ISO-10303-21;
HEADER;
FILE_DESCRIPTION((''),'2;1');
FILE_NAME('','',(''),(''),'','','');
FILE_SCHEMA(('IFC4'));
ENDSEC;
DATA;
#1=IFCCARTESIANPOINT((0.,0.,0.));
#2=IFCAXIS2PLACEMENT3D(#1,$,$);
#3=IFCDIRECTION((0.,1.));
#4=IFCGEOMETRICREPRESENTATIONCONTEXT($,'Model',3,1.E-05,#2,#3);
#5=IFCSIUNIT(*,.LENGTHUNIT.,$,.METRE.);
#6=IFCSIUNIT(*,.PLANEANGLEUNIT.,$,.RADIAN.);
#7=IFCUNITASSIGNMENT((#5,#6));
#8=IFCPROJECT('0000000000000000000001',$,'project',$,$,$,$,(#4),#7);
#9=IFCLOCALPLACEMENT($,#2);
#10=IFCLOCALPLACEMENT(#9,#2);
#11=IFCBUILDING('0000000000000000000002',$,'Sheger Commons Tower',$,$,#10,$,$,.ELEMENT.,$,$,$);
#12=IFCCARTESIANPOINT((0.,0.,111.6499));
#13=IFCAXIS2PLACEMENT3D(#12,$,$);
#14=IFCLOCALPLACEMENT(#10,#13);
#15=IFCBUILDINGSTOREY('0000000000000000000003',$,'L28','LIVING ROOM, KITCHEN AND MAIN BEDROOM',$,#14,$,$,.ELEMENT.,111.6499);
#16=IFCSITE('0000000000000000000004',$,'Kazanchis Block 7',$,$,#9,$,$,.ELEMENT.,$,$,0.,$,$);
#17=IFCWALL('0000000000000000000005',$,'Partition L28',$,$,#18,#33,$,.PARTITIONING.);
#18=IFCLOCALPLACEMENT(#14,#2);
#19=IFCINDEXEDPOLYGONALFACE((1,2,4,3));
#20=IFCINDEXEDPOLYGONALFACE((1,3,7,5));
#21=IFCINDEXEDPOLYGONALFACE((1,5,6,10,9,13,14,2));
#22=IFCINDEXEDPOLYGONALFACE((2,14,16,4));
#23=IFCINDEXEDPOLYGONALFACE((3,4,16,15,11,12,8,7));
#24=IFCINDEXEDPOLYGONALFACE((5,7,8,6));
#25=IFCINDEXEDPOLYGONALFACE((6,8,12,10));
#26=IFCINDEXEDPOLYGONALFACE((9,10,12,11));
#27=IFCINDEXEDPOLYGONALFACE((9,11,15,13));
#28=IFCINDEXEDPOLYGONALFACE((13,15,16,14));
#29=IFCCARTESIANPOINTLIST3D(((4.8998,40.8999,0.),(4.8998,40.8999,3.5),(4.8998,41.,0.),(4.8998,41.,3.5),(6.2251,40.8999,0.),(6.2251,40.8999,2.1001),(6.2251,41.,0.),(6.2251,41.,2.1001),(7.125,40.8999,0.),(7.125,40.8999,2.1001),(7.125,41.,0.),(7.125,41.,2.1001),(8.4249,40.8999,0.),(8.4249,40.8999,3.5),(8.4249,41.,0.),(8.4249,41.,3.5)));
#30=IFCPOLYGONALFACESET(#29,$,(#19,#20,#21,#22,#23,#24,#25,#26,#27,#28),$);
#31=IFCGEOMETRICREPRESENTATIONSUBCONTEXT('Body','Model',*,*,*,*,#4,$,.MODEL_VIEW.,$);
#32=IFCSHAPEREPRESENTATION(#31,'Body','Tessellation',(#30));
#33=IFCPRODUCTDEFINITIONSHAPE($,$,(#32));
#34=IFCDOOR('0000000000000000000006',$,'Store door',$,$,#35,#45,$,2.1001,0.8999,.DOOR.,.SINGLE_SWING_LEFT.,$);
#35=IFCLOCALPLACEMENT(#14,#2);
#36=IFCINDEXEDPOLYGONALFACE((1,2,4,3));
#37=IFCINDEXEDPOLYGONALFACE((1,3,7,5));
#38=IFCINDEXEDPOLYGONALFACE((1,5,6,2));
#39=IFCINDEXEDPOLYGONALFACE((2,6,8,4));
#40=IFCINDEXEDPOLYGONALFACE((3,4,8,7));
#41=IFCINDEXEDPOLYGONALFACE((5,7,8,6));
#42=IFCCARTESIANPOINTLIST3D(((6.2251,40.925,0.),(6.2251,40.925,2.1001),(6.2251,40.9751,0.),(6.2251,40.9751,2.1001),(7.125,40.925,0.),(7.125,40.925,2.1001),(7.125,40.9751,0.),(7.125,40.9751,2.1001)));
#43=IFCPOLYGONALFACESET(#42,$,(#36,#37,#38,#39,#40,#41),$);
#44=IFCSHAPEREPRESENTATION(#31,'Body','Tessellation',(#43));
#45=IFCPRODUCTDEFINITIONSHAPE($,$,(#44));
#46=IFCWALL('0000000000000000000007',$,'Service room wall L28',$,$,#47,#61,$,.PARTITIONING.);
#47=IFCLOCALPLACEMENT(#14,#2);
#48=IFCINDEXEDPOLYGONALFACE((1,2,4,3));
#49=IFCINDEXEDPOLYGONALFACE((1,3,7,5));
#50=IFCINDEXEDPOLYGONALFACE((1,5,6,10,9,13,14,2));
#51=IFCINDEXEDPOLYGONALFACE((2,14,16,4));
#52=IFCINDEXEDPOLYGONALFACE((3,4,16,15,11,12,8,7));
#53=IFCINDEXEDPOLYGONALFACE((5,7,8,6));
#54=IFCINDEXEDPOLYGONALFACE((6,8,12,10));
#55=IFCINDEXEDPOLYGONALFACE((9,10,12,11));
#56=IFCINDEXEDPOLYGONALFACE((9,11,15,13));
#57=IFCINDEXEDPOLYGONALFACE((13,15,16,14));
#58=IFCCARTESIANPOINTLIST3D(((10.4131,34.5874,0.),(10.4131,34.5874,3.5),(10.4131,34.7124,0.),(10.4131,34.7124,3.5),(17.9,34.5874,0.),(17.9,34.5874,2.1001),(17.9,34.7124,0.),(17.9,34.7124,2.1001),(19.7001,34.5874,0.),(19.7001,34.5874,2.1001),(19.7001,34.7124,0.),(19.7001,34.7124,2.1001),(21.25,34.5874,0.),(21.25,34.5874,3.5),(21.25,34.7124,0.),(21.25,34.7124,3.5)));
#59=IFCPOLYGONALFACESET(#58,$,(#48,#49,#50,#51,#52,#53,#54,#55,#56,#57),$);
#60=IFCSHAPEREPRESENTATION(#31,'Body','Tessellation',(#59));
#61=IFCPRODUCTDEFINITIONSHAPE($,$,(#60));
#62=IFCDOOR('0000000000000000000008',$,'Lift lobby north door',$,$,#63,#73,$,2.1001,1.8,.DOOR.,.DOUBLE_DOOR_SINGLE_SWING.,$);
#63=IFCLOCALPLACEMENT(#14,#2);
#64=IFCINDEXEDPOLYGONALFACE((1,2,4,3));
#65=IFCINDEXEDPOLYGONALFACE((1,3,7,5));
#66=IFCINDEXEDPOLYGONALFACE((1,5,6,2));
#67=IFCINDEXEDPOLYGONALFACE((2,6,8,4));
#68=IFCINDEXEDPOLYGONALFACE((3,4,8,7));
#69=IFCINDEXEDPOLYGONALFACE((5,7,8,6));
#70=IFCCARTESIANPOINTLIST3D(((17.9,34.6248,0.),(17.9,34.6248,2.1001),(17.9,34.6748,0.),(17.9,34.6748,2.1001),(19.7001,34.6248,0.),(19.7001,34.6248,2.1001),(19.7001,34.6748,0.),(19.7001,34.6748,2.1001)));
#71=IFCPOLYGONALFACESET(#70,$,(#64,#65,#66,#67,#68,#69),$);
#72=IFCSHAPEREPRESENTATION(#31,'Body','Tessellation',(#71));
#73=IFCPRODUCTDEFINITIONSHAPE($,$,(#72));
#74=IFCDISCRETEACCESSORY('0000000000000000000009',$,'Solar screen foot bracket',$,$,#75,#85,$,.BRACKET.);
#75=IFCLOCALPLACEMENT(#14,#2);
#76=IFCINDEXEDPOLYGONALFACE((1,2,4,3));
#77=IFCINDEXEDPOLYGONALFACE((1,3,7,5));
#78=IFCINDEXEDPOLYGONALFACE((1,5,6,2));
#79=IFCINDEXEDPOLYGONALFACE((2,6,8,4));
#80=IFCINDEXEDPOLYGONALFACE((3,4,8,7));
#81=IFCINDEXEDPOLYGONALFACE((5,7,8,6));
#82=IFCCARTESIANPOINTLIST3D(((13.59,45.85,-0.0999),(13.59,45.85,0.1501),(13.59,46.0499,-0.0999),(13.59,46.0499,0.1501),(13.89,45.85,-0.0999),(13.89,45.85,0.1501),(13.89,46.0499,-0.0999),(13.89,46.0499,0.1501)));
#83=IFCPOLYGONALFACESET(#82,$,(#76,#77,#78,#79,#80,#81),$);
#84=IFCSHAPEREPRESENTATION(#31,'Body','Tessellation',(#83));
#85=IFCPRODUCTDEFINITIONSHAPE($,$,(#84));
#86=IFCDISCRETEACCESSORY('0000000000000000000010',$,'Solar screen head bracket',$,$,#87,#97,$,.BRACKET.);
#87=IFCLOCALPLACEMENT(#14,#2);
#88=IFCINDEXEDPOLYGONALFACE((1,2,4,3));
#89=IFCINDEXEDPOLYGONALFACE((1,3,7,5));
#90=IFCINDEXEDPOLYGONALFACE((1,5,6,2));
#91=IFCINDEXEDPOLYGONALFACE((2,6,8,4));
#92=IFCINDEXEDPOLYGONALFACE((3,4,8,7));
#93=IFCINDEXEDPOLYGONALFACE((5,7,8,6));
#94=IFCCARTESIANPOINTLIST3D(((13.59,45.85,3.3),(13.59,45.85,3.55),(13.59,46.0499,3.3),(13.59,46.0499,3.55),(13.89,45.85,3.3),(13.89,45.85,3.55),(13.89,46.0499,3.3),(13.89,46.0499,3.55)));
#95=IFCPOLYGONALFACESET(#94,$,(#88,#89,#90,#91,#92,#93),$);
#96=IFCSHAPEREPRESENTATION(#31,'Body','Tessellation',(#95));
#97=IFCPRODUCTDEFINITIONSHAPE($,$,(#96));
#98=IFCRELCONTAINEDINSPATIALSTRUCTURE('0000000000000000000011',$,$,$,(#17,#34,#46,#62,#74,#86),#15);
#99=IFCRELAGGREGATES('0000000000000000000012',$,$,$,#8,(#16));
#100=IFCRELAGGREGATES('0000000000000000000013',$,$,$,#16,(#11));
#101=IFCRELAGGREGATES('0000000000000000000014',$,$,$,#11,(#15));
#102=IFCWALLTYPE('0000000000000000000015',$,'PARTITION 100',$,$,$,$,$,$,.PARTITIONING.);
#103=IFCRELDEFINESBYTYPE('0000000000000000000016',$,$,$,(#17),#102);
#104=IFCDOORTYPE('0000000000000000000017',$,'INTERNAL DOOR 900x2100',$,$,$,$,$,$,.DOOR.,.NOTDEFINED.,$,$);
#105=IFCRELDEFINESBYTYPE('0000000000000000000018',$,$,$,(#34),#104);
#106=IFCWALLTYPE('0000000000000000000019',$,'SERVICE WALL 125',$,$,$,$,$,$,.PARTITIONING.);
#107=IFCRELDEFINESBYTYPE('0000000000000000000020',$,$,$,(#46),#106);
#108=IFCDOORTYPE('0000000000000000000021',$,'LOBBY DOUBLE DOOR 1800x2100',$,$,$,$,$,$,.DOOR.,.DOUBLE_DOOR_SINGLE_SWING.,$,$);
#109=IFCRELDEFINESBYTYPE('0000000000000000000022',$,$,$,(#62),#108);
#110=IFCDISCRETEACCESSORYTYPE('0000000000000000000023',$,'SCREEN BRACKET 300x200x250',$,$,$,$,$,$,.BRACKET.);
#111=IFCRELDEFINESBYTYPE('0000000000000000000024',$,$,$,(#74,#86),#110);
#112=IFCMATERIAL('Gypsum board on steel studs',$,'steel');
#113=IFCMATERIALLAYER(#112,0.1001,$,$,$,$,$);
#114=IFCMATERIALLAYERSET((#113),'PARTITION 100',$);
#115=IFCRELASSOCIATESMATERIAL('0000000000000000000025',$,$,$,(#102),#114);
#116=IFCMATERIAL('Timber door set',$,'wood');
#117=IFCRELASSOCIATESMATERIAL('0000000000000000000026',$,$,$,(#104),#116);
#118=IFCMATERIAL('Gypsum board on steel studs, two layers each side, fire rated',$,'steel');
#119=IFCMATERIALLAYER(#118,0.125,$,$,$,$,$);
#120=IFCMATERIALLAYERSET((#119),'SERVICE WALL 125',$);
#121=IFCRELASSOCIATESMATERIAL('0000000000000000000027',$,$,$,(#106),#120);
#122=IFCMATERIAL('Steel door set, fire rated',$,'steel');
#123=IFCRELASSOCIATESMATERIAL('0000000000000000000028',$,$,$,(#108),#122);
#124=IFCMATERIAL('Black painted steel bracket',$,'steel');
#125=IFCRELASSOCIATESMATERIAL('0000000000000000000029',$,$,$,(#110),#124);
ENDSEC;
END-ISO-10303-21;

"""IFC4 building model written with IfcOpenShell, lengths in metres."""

from ifc_helpers import new_model, si_unit, direction, frame, frame_2d, origin, origin_2d, place, context, subcontext, project, spatial, rectangle, extrude, material, layer, layer_set, type_object, element, fill, save


model = new_model("IFC4")

# Units and contexts
model_context = context("Model", 3, precision=1e-05, world=origin(), true_north=direction((0.0, 1.0)))
body_context = subcontext(model_context, "Body", "Model", "MODEL_VIEW")
ifc_project = project(units=[si_unit("LENGTHUNIT", "METRE"), si_unit("PLANEANGLEUNIT", "RADIAN")], contexts=[model_context])

# Site, building, storey
site_placement = place(None, origin())
site = spatial("IfcSite", under=ifc_project, at=site_placement, Name="Kazanchis Block 7", CompositionType="ELEMENT", RefElevation=0.0)
building_placement = place(site_placement, origin())
building = spatial("IfcBuilding", under=site, at=building_placement, Name="Sheger Commons Tower", CompositionType="ELEMENT")
storey_placement = place(building_placement, frame((0.0, 0.0, 111.6499)))
storey = spatial("IfcBuildingStorey", under=building, at=storey_placement, Name="L28", Description="LIVING ROOM, KITCHEN AND MAIN BEDROOM", CompositionType="ELEMENT", Elevation=111.6499)

# Shared definitions
ifc_material_1 = material(Name="Gypsum board on steel studs", Category="steel")
ifc_layer_1 = layer(ifc_material_1, 0.1001)
ifc_layer_set_1 = layer_set([ifc_layer_1], Name="PARTITION 100")
wall_type_1 = type_object("IfcWallType", Name="PARTITION 100", PredefinedType="PARTITIONING", material=ifc_layer_set_1)

# Walls, openings, doors
wall_1_placement = place(storey_placement, frame((8.425, 40.95, 0.0), z_axis=(0.0, 0.0, 1.0), x_axis=(-1.0, 0.0, 0.0)))
wall_1 = element("IfcWall", 1, at=wall_1_placement, inside=storey, type_object=wall_type_1, Name="Partition L28", PredefinedType="PARTITIONING", context=body_context, shape_type="SweptSolid", body=[
    extrude(rectangle(XDim=3.5251, YDim=0.1001, at=frame_2d((1.7627, 0.0))), origin(), (0.0, 0.0, 1.0), 3.5),
])
opening_1_placement = place(wall_1_placement, frame((1.3, 0.0, 0.0)))
opening_1 = element("IfcOpeningElement", 2, at=opening_1_placement, cuts=wall_1, PredefinedType="OPENING", context=body_context, shape_type="SweptSolid", body=[
    extrude(rectangle(XDim=0.8999, YDim=2.1001, at=frame_2d((0.45, 1.05))), frame((0.0, 0.0601, 0.0), z_axis=(0.0, -1.0, 0.0), x_axis=(1.0, 0.0, 0.0)), (0.0, 0.0, 1.0), 0.1201),
])
ifc_material_2 = material(Name="Timber door set", Category="wood")
door_type_1 = type_object("IfcDoorType", Name="INTERNAL DOOR 900x2100", OperationType="NOTDEFINED", PredefinedType="DOOR", material=ifc_material_2)
door_1_placement = place(opening_1_placement, origin())
door_1 = element("IfcDoor", 3, at=door_1_placement, inside=storey, type_object=door_type_1, Name="Store door", OperationType="SINGLE_SWING_LEFT", OverallHeight=2.1001, OverallWidth=0.8999, PredefinedType="DOOR", context=body_context, shape_type="SweptSolid", body=[
    extrude(rectangle(XDim=0.8999, YDim=2.1001, at=frame_2d((0.45, 1.05))), frame((0.0, 0.0249, 0.0), z_axis=(0.0, -1.0, 0.0), x_axis=(1.0, 0.0, 0.0)), (0.0, 0.0, 1.0), 0.05),
])
fill(opening_1, door_1)
ifc_material_3 = material(Name="Gypsum board on steel studs, two layers each side, fire rated", Category="steel")
ifc_layer_2 = layer(ifc_material_3, 0.125)
ifc_layer_set_2 = layer_set([ifc_layer_2], Name="SERVICE WALL 125")
wall_type_2 = type_object("IfcWallType", Name="SERVICE WALL 125", PredefinedType="PARTITIONING", material=ifc_layer_set_2)
wall_2_placement = place(storey_placement, frame((10.4131, 34.6499, 0.0), z_axis=(0.0, 0.0, 1.0), x_axis=(1.0, 0.0, 0.0)))
wall_2 = element("IfcWall", 4, at=wall_2_placement, inside=storey, type_object=wall_type_2, Name="Service room wall L28", PredefinedType="PARTITIONING", context=body_context, shape_type="SweptSolid", body=[
    extrude(rectangle(XDim=10.8369, YDim=0.125, at=frame_2d((5.4185, 0.0))), origin(), (0.0, 0.0, 1.0), 3.5),
])
opening_2_placement = place(wall_2_placement, frame((7.4871, 0.0, 0.0)))
opening_2 = element("IfcOpeningElement", 5, at=opening_2_placement, cuts=wall_2, PredefinedType="OPENING", context=body_context, shape_type="SweptSolid", body=[
    extrude(rectangle(XDim=1.8, YDim=2.1001, at=frame_2d((0.8999, 1.05))), frame((0.0, 0.0725, 0.0), z_axis=(0.0, -1.0, 0.0), x_axis=(1.0, 0.0, 0.0)), (0.0, 0.0, 1.0), 0.145),
])
ifc_material_4 = material(Name="Steel door set, fire rated", Category="steel")
door_type_2 = type_object("IfcDoorType", Name="LOBBY DOUBLE DOOR 1800x2100", OperationType="DOUBLE_DOOR_SINGLE_SWING", PredefinedType="DOOR", material=ifc_material_4)
door_2_placement = place(opening_2_placement, origin())
door_2 = element("IfcDoor", 6, at=door_2_placement, inside=storey, type_object=door_type_2, Name="Lift lobby north door", OperationType="DOUBLE_DOOR_SINGLE_SWING", OverallHeight=2.1001, OverallWidth=1.8, PredefinedType="DOOR", context=body_context, shape_type="SweptSolid", body=[
    extrude(rectangle(XDim=1.8, YDim=2.1001, at=frame_2d((0.8999, 1.05))), frame((0.0, 0.0249, 0.0), z_axis=(0.0, -1.0, 0.0), x_axis=(1.0, 0.0, 0.0)), (0.0, 0.0, 1.0), 0.05),
])
fill(opening_2, door_2)

# Discrete accessories
ifc_material_5 = material(Name="Black painted steel bracket", Category="steel")
discrete_accessory_type = type_object("IfcDiscreteAccessoryType", Name="SCREEN BRACKET 300x200x250", PredefinedType="BRACKET", material=ifc_material_5)
for number, where, z_axis, x_axis, name in (
    (7, (13.74, 45.95, -0.0999), (0.0, 0.0, 1.0), (-1.0, 0.0, 0.0), "Solar screen foot bracket"),
    (8, (13.74, 45.95, 3.3), (0.0, 0.0, 1.0), (-1.0, 0.0, 0.0), "Solar screen head bracket"),
):
    element("IfcDiscreteAccessory", number, at=place(storey_placement, frame(where, z_axis=z_axis, x_axis=x_axis)), inside=storey, type_object=discrete_accessory_type, Name=name, PredefinedType="BRACKET", context=body_context, shape_type="SweptSolid", body=[
        extrude(rectangle(XDim=0.3, YDim=0.2, at=origin_2d()), origin(), (0.0, 0.0, 1.0), 0.25),
    ])

save(model, "model.ifc")
